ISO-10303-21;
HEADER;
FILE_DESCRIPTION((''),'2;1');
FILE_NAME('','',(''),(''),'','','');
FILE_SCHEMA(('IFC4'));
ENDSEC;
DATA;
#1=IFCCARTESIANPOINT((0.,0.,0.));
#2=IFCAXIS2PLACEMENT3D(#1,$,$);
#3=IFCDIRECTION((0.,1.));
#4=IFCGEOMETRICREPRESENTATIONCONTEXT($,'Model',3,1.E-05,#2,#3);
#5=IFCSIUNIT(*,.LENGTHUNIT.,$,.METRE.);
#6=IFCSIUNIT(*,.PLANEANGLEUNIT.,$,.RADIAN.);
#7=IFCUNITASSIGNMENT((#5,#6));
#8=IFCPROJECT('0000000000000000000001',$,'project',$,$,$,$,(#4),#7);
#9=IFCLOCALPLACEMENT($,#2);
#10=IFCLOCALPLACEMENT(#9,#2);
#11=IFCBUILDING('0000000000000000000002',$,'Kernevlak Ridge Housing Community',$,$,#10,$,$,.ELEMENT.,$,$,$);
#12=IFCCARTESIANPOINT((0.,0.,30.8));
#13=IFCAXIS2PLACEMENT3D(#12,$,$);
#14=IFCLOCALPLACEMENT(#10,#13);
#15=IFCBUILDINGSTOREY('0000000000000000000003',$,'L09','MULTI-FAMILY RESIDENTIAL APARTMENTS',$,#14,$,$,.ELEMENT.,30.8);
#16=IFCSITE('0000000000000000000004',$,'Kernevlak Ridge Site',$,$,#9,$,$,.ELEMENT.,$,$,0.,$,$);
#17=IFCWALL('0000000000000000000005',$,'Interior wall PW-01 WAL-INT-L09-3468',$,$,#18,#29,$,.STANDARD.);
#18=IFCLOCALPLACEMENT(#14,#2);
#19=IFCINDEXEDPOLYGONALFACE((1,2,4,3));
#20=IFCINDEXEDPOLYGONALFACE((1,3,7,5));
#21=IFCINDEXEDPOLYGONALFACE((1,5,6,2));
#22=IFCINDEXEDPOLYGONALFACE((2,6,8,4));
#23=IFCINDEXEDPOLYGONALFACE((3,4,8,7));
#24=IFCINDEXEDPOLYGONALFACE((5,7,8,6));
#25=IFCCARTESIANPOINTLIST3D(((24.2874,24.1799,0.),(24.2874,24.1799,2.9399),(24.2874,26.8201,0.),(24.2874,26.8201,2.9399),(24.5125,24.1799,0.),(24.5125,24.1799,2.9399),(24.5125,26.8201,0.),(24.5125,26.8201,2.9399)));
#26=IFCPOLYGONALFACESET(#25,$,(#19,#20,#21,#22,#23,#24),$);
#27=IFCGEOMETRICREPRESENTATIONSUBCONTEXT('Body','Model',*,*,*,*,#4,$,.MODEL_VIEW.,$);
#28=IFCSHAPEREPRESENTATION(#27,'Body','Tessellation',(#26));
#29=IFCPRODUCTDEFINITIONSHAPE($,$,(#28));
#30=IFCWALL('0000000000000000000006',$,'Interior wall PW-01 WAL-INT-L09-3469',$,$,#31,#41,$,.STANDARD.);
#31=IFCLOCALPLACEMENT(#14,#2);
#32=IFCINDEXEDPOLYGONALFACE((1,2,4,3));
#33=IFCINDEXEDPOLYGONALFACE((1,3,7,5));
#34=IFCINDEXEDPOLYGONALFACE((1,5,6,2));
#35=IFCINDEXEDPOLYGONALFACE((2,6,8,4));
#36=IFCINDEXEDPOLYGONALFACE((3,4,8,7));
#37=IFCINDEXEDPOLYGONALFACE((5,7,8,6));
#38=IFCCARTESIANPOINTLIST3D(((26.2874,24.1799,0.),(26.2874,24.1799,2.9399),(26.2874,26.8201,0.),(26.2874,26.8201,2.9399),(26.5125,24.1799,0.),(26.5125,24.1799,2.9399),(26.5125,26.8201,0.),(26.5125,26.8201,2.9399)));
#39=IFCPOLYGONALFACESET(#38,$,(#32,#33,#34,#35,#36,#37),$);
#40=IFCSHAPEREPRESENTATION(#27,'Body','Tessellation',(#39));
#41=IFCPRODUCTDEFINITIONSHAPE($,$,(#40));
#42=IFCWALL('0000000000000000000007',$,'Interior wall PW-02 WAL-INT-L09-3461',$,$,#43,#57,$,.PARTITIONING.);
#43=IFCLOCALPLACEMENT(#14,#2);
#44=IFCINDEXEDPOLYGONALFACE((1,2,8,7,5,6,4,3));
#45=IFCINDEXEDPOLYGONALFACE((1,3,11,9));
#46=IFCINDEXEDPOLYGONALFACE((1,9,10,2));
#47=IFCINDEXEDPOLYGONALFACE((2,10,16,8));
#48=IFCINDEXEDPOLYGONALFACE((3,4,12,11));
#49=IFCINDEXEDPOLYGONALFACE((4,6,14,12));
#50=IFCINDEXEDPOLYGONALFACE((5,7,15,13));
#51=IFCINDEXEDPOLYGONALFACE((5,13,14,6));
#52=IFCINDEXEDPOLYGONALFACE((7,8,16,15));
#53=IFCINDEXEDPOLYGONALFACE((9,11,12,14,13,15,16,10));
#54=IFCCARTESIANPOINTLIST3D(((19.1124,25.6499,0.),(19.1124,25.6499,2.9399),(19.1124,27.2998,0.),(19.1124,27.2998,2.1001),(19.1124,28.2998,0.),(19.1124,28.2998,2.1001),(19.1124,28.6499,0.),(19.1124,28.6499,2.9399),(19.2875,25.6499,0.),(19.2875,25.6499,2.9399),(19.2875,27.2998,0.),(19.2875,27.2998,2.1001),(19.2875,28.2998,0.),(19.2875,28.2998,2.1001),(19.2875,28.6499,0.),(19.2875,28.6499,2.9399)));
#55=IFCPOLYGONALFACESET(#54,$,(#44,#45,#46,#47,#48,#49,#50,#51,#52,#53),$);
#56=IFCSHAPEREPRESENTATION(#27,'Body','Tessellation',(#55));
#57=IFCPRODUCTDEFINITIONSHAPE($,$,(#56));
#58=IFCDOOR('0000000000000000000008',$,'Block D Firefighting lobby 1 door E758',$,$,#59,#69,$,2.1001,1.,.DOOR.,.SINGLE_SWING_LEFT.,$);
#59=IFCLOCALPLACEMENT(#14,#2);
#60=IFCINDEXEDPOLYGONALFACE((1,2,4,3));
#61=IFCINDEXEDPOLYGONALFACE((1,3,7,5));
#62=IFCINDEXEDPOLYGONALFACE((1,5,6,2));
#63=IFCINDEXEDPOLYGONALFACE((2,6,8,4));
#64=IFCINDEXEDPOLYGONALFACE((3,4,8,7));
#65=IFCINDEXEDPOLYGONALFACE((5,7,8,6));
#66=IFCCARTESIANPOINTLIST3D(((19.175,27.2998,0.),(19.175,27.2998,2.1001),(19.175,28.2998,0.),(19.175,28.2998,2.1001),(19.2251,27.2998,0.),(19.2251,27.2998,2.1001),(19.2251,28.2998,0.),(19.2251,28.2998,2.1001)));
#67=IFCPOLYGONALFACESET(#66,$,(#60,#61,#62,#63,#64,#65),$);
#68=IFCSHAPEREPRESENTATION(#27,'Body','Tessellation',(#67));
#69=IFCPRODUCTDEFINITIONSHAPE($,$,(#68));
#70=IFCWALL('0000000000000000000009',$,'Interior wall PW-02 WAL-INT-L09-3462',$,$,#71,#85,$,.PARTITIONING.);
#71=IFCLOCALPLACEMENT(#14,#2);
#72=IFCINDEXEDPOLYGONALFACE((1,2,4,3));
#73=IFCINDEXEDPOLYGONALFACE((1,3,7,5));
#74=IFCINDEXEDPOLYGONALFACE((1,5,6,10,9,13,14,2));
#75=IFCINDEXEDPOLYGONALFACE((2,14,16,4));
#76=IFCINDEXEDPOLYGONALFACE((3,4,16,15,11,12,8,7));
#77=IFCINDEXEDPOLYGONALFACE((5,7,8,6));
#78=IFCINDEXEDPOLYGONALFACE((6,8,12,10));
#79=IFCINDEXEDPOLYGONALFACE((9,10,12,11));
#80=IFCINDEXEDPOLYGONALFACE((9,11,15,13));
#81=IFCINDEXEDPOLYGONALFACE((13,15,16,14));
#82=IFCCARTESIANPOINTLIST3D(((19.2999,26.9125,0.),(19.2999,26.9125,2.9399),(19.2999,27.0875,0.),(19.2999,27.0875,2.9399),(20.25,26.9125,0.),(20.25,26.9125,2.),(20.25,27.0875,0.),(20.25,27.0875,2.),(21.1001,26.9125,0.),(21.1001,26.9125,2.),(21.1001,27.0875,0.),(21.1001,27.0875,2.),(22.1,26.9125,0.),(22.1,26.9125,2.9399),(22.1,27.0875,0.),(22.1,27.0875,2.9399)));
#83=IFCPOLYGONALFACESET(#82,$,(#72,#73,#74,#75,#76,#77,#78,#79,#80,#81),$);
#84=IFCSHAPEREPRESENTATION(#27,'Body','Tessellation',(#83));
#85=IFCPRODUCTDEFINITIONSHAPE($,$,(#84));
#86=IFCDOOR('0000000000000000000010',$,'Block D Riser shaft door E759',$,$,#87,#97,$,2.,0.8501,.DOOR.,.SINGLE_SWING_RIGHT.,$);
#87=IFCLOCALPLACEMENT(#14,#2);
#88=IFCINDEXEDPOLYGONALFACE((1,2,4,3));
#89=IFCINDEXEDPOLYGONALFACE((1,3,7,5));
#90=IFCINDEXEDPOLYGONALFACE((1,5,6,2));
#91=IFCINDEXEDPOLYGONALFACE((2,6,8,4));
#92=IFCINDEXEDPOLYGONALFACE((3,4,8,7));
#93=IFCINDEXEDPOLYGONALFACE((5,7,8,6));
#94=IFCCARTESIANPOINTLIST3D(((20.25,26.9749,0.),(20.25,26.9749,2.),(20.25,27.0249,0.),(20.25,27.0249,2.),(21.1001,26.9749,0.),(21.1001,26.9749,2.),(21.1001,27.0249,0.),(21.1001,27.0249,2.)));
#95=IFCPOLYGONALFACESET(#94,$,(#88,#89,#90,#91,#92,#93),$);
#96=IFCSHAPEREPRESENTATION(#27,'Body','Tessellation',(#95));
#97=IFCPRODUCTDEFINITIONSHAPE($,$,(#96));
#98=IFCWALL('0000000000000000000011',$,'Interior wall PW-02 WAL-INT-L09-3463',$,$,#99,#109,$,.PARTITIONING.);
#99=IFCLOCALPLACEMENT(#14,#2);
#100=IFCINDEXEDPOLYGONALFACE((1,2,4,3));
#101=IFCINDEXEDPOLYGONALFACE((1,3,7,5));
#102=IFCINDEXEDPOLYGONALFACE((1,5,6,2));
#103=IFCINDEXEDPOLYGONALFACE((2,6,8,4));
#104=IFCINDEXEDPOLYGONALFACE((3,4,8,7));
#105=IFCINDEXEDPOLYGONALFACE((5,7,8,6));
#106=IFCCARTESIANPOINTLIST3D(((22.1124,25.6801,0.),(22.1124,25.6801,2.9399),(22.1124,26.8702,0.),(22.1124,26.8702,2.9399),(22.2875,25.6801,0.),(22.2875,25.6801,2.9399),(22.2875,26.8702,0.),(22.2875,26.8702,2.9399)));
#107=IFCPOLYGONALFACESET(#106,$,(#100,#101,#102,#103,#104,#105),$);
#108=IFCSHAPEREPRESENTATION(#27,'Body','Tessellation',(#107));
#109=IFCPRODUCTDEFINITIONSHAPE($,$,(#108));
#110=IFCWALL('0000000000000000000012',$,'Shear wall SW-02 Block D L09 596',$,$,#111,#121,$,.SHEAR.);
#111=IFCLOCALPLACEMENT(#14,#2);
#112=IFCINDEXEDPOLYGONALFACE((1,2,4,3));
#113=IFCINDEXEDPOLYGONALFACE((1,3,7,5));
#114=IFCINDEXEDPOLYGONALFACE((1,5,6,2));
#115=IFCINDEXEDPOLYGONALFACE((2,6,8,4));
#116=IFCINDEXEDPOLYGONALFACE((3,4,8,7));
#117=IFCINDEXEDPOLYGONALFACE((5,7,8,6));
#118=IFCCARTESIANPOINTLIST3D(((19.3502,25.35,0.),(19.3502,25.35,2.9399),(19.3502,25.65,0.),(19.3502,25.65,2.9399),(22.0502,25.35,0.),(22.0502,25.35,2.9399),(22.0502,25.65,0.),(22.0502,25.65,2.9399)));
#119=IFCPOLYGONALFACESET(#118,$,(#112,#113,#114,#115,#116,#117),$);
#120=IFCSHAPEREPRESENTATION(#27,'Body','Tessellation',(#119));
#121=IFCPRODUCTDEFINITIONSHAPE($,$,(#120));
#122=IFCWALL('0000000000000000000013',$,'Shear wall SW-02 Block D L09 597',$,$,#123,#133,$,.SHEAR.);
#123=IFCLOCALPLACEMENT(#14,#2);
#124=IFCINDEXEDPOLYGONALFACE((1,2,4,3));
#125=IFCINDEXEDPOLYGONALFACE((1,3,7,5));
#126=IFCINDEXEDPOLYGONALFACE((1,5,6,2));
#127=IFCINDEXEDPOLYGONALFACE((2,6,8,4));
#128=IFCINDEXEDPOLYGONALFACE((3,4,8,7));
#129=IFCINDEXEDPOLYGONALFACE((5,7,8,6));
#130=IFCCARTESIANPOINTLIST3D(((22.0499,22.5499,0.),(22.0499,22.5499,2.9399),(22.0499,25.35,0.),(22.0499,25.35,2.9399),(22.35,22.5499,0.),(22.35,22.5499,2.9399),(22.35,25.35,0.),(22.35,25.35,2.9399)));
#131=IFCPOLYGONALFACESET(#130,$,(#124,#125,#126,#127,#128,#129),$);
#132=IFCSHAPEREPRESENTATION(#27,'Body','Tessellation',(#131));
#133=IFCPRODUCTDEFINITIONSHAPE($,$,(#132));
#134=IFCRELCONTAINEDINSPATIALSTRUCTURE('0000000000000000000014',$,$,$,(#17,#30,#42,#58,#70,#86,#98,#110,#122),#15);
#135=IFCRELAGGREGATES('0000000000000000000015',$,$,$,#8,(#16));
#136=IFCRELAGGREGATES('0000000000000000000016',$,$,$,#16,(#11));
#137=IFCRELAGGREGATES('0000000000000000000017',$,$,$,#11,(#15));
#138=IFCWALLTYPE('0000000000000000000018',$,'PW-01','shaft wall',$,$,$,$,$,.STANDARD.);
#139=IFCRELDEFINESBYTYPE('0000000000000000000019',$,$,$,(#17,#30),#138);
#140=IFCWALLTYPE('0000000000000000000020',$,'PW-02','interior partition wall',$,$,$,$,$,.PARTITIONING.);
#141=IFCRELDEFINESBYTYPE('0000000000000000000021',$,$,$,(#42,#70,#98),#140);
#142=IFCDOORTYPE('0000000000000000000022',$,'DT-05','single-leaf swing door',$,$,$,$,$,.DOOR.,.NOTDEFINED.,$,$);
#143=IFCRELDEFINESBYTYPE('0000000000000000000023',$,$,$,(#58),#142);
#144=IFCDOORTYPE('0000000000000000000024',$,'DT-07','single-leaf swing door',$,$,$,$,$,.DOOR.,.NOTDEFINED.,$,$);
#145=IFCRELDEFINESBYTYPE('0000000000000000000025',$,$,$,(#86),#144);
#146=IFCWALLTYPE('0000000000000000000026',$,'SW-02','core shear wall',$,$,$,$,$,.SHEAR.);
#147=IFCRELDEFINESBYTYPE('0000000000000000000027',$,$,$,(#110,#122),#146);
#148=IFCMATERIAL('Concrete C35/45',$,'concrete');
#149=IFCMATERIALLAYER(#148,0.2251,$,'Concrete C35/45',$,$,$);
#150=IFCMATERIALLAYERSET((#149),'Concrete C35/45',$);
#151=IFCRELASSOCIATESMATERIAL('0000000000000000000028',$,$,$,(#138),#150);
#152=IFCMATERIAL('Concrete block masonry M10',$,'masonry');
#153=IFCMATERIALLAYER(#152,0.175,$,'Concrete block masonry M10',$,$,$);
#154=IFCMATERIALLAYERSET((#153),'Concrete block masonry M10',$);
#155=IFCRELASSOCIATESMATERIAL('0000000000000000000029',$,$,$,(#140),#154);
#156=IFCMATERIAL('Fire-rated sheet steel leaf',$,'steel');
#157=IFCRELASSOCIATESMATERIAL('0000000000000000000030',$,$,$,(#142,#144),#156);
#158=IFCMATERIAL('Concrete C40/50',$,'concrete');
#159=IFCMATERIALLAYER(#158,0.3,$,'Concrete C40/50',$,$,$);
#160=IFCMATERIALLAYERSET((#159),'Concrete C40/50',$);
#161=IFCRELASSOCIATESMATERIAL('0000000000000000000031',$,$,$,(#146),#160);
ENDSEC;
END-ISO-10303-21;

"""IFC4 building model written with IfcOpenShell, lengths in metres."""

from ifc_helpers import new_model, si_unit, direction, frame, frame_2d, origin, place, context, subcontext, project, spatial, rectangle, extrude, material, layer, layer_set, type_object, element, fill, save


model = new_model("IFC4")

# Units and contexts
model_context = context("Model", 3, precision=1e-05, world=origin(), true_north=direction((0.0, 1.0)))
body_context = subcontext(model_context, "Body", "Model", "MODEL_VIEW")
ifc_project = project(units=[si_unit("LENGTHUNIT", "METRE"), si_unit("PLANEANGLEUNIT", "RADIAN")], contexts=[model_context])

# Site, building, storey
site_placement = place(None, origin())
site = spatial("IfcSite", under=ifc_project, at=site_placement, Name="Kernevlak Ridge Site", CompositionType="ELEMENT", RefElevation=0.0)
building_placement = place(site_placement, origin())
building = spatial("IfcBuilding", under=site, at=building_placement, Name="Kernevlak Ridge Housing Community", CompositionType="ELEMENT")
storey_placement = place(building_placement, frame((0.0, 0.0, 30.8)))
storey = spatial("IfcBuildingStorey", under=building, at=storey_placement, Name="L09", Description="MULTI-FAMILY RESIDENTIAL APARTMENTS", CompositionType="ELEMENT", Elevation=30.8)

# Shared definitions
ifc_material_1 = material(Name="Concrete C35/45", Category="concrete")

# Shared definitions
ifc_layer_1 = layer(ifc_material_1, 0.2251, Name="Concrete C35/45")
ifc_layer_set_1 = layer_set([ifc_layer_1], Name="Concrete C35/45")
wall_type_1 = type_object("IfcWallType", Name="PW-01", Description="shaft wall", PredefinedType="STANDARD", material=ifc_layer_set_1)
ifc_material_2 = material(Name="Fire-rated sheet steel leaf", Category="steel")

# Walls
for number, where, z_axis, x_axis, name in (
    (1, (24.3999, 24.1799, 0.0), (0.0, 0.0, 1.0), (0.0, 1.0, 0.0), "Interior wall PW-01 WAL-INT-L09-3468"),
    (2, (26.3999, 24.1799, 0.0), (0.0, 0.0, 1.0), (0.0, 1.0, 0.0), "Interior wall PW-01 WAL-INT-L09-3469"),
):
    element("IfcWall", number, at=place(storey_placement, frame(where, z_axis=z_axis, x_axis=x_axis)), inside=storey, type_object=wall_type_1, Name=name, PredefinedType="STANDARD", context=body_context, shape_type="SweptSolid", body=[
        extrude(rectangle(XDim=2.6401, YDim=0.2251, at=frame_2d((1.3201, 0.0))), origin(), (0.0, 0.0, 1.0), 2.9399),
    ])

# Walls, openings, doors
ifc_material_3 = material(Name="Concrete block masonry M10", Category="masonry")
ifc_layer_2 = layer(ifc_material_3, 0.175, Name="Concrete block masonry M10")
ifc_layer_set_2 = layer_set([ifc_layer_2], Name="Concrete block masonry M10")
wall_type_2 = type_object("IfcWallType", Name="PW-02", Description="interior partition wall", PredefinedType="PARTITIONING", material=ifc_layer_set_2)
wall_1_placement = place(storey_placement, frame((19.2, 25.6499, 0.0), z_axis=(0.0, 0.0, 1.0), x_axis=(0.0, 1.0, 0.0)))
wall_1 = element("IfcWall", 3, at=wall_1_placement, inside=storey, type_object=wall_type_2, Name="Interior wall PW-02 WAL-INT-L09-3461", PredefinedType="PARTITIONING", context=body_context, shape_type="SweptSolid", body=[
    extrude(rectangle(XDim=3.0, YDim=0.175, at=frame_2d((1.5, 0.0))), origin(), (0.0, 0.0, 1.0), 2.9399),
])
opening_1_placement = place(wall_1_placement, frame((1.6499, 0.0, 0.0)))
opening_1 = element("IfcOpeningElement", 4, at=opening_1_placement, cuts=wall_1, PredefinedType="OPENING", context=body_context, shape_type="SweptSolid", body=[
    extrude(rectangle(XDim=1.0, YDim=2.1001, at=frame_2d((0.5, 1.05))), frame((0.0, 0.0974, 0.0), z_axis=(0.0, -1.0, 0.0), x_axis=(1.0, 0.0, 0.0)), (0.0, 0.0, 1.0), 0.1951),
])
door_type_1 = type_object("IfcDoorType", Name="DT-05", Description="single-leaf swing door", OperationType="NOTDEFINED", PredefinedType="DOOR", material=ifc_material_2)
door_1_placement = place(opening_1_placement, origin())
door_1 = element("IfcDoor", 5, at=door_1_placement, inside=storey, type_object=door_type_1, Name="Block D Firefighting lobby 1 door E758", OperationType="SINGLE_SWING_LEFT", OverallHeight=2.1001, OverallWidth=1.0, PredefinedType="DOOR", context=body_context, shape_type="SweptSolid", body=[
    extrude(rectangle(XDim=1.0, YDim=2.1001, at=frame_2d((0.5, 1.05))), frame((0.0, 0.0249, 0.0), z_axis=(0.0, -1.0, 0.0), x_axis=(1.0, 0.0, 0.0)), (0.0, 0.0, 1.0), 0.05),
])
fill(opening_1, door_1)
wall_2_placement = place(storey_placement, frame((19.3, 27.0, 0.0), z_axis=(0.0, 0.0, 1.0), x_axis=(1.0, 0.0, 0.0)))
wall_2 = element("IfcWall", 6, at=wall_2_placement, inside=storey, type_object=wall_type_2, Name="Interior wall PW-02 WAL-INT-L09-3462", PredefinedType="PARTITIONING", context=body_context, shape_type="SweptSolid", body=[
    extrude(rectangle(XDim=2.8, YDim=0.175, at=frame_2d((1.3999, 0.0))), origin(), (0.0, 0.0, 1.0), 2.9399),
])
opening_2_placement = place(wall_2_placement, frame((0.95, 0.0, 0.0)))
opening_2 = element("IfcOpeningElement", 7, at=opening_2_placement, cuts=wall_2, PredefinedType="OPENING", context=body_context, shape_type="SweptSolid", body=[
    extrude(rectangle(XDim=0.8501, YDim=2.0, at=frame_2d((0.425, 1.0))), frame((0.0, 0.0974, 0.0), z_axis=(0.0, -1.0, 0.0), x_axis=(1.0, 0.0, 0.0)), (0.0, 0.0, 1.0), 0.1951),
])
door_type_2 = type_object("IfcDoorType", Name="DT-07", Description="single-leaf swing door", OperationType="NOTDEFINED", PredefinedType="DOOR", material=ifc_material_2)
door_2_placement = place(opening_2_placement, origin())
door_2 = element("IfcDoor", 8, at=door_2_placement, inside=storey, type_object=door_type_2, Name="Block D Riser shaft door E759", OperationType="SINGLE_SWING_RIGHT", OverallHeight=2.0, OverallWidth=0.8501, PredefinedType="DOOR", context=body_context, shape_type="SweptSolid", body=[
    extrude(rectangle(XDim=0.8501, YDim=2.0, at=frame_2d((0.425, 1.0))), frame((0.0, 0.0249, 0.0), z_axis=(0.0, -1.0, 0.0), x_axis=(1.0, 0.0, 0.0)), (0.0, 0.0, 1.0), 0.05),
])
fill(opening_2, door_2)

# Walls
wall_3_placement = place(storey_placement, frame((22.2, 25.6799, 0.0), z_axis=(0.0, 0.0, 1.0), x_axis=(0.0, 1.0, 0.0)))
element("IfcWall", 9, at=wall_3_placement, inside=storey, type_object=wall_type_2, Name="Interior wall PW-02 WAL-INT-L09-3463", PredefinedType="PARTITIONING", context=body_context, shape_type="SweptSolid", body=[
    extrude(rectangle(XDim=1.1902, YDim=0.175, at=frame_2d((0.5952, 0.0))), origin(), (0.0, 0.0, 1.0), 2.9399),
])
ifc_material_4 = material(Name="Concrete C40/50", Category="concrete")
ifc_layer_3 = layer(ifc_material_4, 0.3, Name="Concrete C40/50")
ifc_layer_set_3 = layer_set([ifc_layer_3], Name="Concrete C40/50")
wall_type_3 = type_object("IfcWallType", Name="SW-02", Description="core shear wall", PredefinedType="SHEAR", material=ifc_layer_set_3)
wall_4_placement = place(storey_placement, frame((19.3501, 25.5, 0.0), z_axis=(0.0, 0.0, 1.0), x_axis=(1.0, 0.0, 0.0)))
element("IfcWall", 10, at=wall_4_placement, inside=storey, type_object=wall_type_3, Name="Shear wall SW-02 Block D L09 596", PredefinedType="SHEAR", context=body_context, shape_type="SweptSolid", body=[
    extrude(rectangle(XDim=2.7, YDim=0.3, at=frame_2d((1.3501, 0.0))), origin(), (0.0, 0.0, 1.0), 2.9399),
])
wall_5_placement = place(storey_placement, frame((22.2, 22.55, 0.0), z_axis=(0.0, 0.0, 1.0), x_axis=(0.0, 1.0, 0.0)))
element("IfcWall", 11, at=wall_5_placement, inside=storey, type_object=wall_type_3, Name="Shear wall SW-02 Block D L09 597", PredefinedType="SHEAR", context=body_context, shape_type="SweptSolid", body=[
    extrude(rectangle(XDim=2.8, YDim=0.3, at=frame_2d((1.3999, 0.0))), origin(), (0.0, 0.0, 1.0), 2.9399),
])

save(model, "model.ifc")
